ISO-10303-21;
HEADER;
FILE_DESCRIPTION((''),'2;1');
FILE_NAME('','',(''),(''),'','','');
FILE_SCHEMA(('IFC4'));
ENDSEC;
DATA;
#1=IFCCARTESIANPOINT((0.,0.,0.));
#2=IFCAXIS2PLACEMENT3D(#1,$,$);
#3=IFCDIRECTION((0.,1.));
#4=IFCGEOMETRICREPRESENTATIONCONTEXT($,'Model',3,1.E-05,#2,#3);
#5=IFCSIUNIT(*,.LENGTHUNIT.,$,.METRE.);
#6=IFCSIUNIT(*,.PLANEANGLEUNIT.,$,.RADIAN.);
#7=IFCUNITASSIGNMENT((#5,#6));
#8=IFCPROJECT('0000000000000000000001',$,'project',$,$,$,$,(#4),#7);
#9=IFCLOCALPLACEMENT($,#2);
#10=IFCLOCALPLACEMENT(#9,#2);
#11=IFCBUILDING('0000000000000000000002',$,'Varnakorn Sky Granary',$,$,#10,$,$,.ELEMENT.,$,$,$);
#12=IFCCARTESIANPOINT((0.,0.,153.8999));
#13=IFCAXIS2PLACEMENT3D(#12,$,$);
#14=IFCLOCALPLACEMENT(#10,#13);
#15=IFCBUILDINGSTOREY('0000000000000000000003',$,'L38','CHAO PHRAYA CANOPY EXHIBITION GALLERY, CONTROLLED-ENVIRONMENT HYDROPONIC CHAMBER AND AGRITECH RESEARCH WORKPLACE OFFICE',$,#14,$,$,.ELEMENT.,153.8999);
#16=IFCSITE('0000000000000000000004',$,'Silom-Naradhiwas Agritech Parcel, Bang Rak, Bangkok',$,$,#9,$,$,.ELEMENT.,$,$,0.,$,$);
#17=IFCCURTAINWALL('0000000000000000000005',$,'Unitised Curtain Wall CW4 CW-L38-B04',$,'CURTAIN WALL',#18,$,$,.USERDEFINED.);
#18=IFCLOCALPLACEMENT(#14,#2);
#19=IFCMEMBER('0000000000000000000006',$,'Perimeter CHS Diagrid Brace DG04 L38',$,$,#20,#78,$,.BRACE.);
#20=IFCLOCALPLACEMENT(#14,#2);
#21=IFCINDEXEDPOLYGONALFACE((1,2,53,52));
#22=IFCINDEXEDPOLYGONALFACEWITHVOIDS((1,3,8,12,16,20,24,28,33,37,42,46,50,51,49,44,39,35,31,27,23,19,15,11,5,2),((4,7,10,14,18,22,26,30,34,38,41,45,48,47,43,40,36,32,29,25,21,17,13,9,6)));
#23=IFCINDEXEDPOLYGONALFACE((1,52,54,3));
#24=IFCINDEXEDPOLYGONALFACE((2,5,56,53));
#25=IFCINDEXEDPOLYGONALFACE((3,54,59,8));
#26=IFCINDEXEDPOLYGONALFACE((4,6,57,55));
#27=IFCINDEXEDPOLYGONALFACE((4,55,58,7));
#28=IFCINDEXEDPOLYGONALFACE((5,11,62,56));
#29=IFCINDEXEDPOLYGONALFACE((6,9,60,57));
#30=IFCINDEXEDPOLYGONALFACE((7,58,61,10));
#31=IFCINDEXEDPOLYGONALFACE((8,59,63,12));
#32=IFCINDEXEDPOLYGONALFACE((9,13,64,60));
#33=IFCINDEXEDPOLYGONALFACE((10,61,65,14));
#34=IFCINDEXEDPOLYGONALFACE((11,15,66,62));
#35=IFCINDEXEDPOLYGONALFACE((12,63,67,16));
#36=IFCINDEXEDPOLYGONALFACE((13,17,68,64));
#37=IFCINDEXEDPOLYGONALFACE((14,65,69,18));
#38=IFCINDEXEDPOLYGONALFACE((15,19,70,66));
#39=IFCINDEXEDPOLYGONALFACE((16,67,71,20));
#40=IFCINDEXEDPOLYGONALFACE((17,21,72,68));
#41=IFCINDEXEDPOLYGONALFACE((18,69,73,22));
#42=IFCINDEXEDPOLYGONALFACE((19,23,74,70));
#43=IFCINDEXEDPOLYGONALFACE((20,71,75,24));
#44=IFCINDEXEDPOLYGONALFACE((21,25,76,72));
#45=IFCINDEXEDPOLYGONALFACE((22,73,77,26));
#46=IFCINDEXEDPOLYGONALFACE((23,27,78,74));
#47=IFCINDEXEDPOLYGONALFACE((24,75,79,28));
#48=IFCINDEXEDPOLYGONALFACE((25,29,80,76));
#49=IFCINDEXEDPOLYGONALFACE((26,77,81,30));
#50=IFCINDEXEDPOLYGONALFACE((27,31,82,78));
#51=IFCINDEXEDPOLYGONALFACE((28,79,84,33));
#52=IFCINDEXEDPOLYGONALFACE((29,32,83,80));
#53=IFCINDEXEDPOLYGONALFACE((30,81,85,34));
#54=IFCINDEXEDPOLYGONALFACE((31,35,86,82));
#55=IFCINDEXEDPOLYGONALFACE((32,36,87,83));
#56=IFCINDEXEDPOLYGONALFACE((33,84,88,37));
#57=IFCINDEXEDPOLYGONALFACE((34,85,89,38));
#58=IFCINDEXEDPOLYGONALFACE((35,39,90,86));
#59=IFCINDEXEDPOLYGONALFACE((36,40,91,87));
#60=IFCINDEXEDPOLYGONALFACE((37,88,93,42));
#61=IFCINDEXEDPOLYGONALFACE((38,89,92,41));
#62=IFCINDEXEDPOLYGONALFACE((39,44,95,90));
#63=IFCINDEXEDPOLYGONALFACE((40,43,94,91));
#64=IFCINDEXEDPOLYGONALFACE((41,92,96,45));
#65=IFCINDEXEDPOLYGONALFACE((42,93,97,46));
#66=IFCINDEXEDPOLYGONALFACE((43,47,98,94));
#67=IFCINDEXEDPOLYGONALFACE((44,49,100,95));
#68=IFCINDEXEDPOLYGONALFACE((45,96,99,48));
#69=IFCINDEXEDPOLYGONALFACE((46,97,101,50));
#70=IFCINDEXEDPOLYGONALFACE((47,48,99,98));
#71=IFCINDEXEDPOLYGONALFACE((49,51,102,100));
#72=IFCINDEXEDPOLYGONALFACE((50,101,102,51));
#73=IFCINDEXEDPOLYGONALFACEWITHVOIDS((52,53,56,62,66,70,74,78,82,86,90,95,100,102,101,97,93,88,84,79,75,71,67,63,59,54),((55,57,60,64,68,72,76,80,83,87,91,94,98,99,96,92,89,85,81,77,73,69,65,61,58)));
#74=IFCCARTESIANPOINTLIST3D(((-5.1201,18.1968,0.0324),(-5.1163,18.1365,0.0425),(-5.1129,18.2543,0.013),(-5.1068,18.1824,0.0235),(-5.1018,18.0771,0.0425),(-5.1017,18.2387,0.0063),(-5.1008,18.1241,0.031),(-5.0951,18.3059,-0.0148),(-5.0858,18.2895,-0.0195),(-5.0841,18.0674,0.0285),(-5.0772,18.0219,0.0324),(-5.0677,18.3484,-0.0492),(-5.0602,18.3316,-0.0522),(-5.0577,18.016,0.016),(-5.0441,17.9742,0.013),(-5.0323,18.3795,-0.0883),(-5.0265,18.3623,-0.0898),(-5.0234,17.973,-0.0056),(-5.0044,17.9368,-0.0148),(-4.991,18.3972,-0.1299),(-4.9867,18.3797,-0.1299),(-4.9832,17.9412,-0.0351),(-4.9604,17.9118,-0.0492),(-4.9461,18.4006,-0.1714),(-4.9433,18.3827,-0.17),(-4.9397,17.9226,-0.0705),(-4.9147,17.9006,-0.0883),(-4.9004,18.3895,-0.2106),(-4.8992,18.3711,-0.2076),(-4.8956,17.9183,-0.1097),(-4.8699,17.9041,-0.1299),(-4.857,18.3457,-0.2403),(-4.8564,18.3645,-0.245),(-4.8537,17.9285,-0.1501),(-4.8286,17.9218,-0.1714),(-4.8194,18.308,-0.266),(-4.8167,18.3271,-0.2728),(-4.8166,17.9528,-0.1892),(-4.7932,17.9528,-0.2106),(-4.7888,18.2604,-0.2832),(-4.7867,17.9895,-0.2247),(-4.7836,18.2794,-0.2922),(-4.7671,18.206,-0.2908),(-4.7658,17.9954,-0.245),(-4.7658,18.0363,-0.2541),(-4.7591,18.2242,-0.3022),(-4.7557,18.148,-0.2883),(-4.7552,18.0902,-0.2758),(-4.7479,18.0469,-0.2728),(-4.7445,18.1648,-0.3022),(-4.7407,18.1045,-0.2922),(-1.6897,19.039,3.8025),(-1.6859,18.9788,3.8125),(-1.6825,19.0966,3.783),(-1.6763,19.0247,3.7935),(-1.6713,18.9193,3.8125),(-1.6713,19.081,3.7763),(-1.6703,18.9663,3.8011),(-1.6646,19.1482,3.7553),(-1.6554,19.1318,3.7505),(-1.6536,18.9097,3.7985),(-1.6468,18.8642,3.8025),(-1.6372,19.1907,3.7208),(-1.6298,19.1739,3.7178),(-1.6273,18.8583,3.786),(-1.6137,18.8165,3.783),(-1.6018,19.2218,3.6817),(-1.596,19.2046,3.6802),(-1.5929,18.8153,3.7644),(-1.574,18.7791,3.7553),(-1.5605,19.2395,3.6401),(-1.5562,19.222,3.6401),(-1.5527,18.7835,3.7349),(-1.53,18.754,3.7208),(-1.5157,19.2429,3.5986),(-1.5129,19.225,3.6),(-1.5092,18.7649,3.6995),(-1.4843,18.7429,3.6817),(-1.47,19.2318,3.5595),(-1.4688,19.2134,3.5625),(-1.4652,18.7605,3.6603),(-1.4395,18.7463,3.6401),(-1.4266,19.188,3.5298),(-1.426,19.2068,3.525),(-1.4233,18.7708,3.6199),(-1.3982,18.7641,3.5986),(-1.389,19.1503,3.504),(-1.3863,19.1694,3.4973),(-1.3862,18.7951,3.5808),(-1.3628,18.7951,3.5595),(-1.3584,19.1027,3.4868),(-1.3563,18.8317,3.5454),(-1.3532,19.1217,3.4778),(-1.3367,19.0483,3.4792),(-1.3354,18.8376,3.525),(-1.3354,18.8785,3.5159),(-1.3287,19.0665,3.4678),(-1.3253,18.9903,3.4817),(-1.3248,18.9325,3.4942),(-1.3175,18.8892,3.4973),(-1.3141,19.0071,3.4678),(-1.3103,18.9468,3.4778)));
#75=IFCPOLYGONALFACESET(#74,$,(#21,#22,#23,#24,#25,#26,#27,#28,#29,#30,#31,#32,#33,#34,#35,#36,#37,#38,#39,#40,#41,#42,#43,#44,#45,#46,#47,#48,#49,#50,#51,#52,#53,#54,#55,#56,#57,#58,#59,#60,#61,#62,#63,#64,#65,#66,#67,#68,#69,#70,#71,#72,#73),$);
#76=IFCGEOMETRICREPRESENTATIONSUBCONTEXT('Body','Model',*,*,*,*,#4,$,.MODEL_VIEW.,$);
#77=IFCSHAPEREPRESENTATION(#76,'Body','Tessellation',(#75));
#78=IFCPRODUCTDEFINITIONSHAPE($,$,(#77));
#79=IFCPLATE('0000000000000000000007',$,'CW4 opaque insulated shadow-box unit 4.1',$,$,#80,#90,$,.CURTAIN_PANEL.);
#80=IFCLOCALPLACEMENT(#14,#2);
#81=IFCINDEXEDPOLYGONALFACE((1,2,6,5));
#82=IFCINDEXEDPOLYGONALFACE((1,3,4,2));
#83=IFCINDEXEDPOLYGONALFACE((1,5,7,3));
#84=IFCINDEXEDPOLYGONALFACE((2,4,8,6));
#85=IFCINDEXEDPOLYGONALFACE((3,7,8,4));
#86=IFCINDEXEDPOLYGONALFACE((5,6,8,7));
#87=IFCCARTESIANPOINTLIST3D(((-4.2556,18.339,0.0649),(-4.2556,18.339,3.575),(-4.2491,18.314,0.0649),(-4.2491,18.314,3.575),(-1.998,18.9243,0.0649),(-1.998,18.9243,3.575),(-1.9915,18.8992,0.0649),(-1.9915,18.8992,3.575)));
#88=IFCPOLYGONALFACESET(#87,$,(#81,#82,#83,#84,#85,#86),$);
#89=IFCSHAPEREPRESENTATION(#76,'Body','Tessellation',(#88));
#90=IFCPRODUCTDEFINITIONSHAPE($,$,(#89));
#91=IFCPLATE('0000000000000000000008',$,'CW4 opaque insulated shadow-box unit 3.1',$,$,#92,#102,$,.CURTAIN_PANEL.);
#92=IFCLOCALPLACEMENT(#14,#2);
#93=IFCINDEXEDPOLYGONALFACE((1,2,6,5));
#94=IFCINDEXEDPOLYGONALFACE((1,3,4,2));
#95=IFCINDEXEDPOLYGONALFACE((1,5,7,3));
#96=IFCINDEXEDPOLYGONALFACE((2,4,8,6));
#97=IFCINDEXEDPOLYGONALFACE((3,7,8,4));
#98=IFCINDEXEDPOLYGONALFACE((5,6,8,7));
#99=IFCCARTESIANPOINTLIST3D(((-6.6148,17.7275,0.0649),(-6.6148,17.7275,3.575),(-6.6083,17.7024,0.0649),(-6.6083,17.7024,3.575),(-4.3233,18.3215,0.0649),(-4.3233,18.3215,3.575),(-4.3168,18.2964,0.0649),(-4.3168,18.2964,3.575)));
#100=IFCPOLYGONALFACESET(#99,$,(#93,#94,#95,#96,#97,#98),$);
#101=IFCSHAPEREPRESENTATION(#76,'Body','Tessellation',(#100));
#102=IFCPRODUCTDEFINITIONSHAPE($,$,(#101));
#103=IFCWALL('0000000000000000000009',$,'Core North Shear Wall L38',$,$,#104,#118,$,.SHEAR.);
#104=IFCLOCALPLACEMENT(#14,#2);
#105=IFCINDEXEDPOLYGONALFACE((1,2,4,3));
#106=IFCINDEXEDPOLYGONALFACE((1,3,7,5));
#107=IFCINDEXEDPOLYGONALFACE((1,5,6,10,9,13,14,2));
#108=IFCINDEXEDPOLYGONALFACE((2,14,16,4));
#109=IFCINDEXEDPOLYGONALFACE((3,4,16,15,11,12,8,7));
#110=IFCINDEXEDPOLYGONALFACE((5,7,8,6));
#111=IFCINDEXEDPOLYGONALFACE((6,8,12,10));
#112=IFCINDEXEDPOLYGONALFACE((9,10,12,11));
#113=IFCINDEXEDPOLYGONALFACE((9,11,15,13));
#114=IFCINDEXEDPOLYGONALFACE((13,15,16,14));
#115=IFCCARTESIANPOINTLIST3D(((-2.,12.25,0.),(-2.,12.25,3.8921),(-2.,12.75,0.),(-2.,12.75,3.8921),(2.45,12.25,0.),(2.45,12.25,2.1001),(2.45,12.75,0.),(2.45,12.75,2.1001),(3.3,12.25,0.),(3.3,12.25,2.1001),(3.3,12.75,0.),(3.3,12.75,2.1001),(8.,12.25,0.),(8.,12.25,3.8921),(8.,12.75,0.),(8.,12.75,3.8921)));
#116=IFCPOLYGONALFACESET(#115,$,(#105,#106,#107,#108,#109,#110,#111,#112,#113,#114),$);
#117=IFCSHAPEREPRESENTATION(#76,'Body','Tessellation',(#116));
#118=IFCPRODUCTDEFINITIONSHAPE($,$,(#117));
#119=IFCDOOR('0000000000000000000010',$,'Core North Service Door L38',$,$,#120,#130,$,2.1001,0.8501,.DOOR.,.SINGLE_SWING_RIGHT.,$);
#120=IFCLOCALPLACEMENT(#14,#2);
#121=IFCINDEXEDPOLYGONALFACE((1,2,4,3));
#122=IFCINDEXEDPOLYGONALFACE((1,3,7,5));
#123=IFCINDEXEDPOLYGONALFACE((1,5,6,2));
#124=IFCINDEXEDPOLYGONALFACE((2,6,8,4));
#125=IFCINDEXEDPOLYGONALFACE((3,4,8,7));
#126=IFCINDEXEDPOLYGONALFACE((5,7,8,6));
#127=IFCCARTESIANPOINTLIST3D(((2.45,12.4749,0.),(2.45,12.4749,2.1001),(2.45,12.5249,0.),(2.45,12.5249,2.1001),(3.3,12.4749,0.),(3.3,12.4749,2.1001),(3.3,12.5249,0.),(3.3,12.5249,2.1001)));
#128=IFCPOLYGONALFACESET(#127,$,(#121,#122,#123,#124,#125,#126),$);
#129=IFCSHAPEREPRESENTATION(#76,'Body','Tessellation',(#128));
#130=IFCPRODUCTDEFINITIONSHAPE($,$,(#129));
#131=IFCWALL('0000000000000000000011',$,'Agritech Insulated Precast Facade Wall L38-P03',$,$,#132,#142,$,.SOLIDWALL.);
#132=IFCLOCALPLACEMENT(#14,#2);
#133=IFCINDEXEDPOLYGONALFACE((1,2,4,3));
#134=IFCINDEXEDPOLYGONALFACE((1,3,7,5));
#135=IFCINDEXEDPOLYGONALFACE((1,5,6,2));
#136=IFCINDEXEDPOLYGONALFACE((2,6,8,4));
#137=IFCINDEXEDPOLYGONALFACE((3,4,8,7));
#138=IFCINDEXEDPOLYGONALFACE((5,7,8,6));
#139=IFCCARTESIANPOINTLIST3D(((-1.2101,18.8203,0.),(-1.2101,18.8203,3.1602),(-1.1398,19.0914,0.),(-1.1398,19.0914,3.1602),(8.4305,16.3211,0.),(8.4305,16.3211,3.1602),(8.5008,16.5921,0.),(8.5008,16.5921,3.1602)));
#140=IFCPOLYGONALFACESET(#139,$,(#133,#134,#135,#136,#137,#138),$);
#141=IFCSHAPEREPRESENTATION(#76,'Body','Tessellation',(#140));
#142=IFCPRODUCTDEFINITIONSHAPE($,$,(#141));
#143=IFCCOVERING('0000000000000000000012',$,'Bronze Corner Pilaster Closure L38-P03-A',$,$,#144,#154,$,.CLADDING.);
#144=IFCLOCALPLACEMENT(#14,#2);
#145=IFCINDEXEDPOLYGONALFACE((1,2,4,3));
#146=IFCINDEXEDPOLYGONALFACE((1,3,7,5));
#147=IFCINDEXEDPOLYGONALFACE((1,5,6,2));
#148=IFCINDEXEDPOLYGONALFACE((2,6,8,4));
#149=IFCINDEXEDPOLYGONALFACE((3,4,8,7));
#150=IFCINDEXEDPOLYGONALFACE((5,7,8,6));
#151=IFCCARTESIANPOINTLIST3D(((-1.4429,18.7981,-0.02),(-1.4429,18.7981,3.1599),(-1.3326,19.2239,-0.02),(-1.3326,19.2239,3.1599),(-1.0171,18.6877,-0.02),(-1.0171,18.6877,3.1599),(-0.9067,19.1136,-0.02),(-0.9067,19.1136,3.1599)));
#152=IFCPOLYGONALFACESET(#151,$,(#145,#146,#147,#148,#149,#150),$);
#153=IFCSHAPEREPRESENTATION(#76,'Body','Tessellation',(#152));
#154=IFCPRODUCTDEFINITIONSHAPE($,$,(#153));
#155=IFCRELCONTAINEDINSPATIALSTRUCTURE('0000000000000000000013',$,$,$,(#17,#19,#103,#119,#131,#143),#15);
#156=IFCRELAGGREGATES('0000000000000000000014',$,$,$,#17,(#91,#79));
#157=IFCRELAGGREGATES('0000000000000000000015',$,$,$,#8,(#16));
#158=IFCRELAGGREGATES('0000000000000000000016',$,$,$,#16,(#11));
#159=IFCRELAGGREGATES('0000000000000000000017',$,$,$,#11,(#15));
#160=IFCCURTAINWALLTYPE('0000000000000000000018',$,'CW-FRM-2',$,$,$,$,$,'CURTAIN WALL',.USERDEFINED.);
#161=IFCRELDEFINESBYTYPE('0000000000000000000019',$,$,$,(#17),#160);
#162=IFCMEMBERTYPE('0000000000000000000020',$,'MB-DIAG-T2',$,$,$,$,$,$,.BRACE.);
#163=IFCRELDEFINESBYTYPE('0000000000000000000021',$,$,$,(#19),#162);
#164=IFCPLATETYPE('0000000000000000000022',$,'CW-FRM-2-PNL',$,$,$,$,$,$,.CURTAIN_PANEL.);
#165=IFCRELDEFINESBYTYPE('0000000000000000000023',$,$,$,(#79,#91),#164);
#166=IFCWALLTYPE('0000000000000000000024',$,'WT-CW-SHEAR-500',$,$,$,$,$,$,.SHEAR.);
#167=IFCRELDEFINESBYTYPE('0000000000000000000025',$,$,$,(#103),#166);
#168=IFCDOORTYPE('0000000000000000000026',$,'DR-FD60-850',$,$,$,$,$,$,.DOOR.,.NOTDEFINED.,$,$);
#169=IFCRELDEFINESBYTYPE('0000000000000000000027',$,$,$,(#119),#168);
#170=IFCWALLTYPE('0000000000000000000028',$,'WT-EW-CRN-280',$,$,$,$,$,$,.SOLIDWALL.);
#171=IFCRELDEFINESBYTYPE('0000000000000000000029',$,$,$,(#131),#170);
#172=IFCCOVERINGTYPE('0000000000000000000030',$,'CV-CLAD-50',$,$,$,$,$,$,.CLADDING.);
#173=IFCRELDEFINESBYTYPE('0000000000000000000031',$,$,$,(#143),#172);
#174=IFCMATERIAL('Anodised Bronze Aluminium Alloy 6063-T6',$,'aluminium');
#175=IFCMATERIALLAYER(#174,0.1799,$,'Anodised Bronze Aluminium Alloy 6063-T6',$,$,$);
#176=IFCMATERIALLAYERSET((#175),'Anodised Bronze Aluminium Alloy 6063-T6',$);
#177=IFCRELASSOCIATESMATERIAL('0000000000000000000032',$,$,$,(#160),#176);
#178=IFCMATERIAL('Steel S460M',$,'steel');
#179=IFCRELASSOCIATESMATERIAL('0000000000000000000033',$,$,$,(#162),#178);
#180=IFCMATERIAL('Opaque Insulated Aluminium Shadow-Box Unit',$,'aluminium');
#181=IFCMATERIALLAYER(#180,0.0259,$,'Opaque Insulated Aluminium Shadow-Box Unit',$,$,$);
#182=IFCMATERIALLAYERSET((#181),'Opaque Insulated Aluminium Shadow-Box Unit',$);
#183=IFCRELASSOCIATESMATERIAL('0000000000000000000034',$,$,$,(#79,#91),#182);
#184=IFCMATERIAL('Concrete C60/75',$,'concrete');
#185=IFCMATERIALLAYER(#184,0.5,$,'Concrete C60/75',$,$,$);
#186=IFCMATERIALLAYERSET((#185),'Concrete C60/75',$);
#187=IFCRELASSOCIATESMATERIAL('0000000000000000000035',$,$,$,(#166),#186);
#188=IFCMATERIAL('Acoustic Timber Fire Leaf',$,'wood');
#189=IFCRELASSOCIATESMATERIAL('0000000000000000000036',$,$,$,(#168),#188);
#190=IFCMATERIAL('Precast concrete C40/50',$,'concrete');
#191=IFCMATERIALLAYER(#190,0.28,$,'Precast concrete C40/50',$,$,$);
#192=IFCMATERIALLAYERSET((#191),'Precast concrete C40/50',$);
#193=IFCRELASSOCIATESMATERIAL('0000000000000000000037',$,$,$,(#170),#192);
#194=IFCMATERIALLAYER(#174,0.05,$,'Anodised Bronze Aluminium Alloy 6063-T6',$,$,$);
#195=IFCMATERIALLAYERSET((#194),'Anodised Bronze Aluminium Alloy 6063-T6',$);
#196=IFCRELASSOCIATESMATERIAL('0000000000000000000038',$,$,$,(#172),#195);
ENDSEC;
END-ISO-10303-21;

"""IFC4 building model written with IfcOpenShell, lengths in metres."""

from ifc_helpers import new_model, si_unit, direction, frame, frame_2d, origin, origin_2d, place, context, subcontext, project, spatial, rectangle, hollow_circle, extrude, source, transform, mapped, material, layer, layer_set, material_profile, profile_set, type_object, type_shapes, element, fill, aggregate, save


model = new_model("IFC4")

# Units and contexts
model_context = context("Model", 3, precision=1e-05, world=origin(), true_north=direction((0.0, 1.0)))
body_context = subcontext(model_context, "Body", "Model", "MODEL_VIEW")
ifc_project = project(units=[si_unit("LENGTHUNIT", "METRE"), si_unit("PLANEANGLEUNIT", "RADIAN")], contexts=[model_context])

# Site, building, storey
site_placement = place(None, origin())
site = spatial("IfcSite", under=ifc_project, at=site_placement, Name="Silom-Naradhiwas Agritech Parcel, Bang Rak, Bangkok", CompositionType="ELEMENT", RefElevation=0.0)
building_placement = place(site_placement, origin())
building = spatial("IfcBuilding", under=site, at=building_placement, Name="Varnakorn Sky Granary", CompositionType="ELEMENT")
storey_placement = place(building_placement, frame((0.0, 0.0, 153.8999)))
storey = spatial("IfcBuildingStorey", under=building, at=storey_placement, Name="L38", Description="CHAO PHRAYA CANOPY EXHIBITION GALLERY, CONTROLLED-ENVIRONMENT HYDROPONIC CHAMBER AND AGRITECH RESEARCH WORKPLACE OFFICE", CompositionType="ELEMENT", Elevation=153.8999)

# Shared definitions
ifc_material_1 = material(Name="Steel S460M", Category="steel")

# Curtain wall
ifc_material_2 = material(Name="Anodised Bronze Aluminium Alloy 6063-T6", Category="aluminium")
ifc_layer_1 = layer(ifc_material_2, 0.1799, Name="Anodised Bronze Aluminium Alloy 6063-T6")
ifc_layer_set_1 = layer_set([ifc_layer_1], Name="Anodised Bronze Aluminium Alloy 6063-T6")
curtain_wall_type = type_object("IfcCurtainWallType", Name="CW-FRM-2", ElementType="CURTAIN WALL", PredefinedType="USERDEFINED", material=ifc_layer_set_1)
curtain_wall_placement = place(storey_placement, origin())
curtain_wall = element("IfcCurtainWall", 1, at=curtain_wall_placement, inside=storey, type_object=curtain_wall_type, Name="Unitised Curtain Wall CW4 CW-L38-B04", ObjectType="CURTAIN WALL", PredefinedType="USERDEFINED")

# Member
ifc_material_profile_1 = material_profile(ifc_material_1, hollow_circle(Radius=0.2539, WallThickness=0.0181, at=origin_2d()), Name="CHS 508x18")
ifc_profile_set_1 = profile_set([ifc_material_profile_1], Name="Steel S460M")
member_type_1 = type_object("IfcMemberType", Name="MB-DIAG-T2", PredefinedType="BRACE", material=ifc_profile_set_1)
member_1_placement = place(storey_placement, frame((-4.9304, 18.1506, -0.1299), z_axis=(0.664004, 0.163036, 0.729738), x_axis=(-0.238452, 0.971154, 0.0)))
element("IfcMember", 2, at=member_1_placement, inside=storey, type_object=member_type_1, Name="Perimeter CHS Diagrid Brace DG04 L38", PredefinedType="BRACE", context=body_context, shape_type="SweptSolid", body=[
    extrude(hollow_circle(Radius=0.2539, WallThickness=0.0181, at=origin_2d()), origin(), (0.0, 0.0, 1.0), 5.1663),
])

# Plates
ifc_material_3 = material(Name="Opaque Insulated Aluminium Shadow-Box Unit", Category="aluminium")
ifc_layer_2 = layer(ifc_material_3, 0.0259, Name="Opaque Insulated Aluminium Shadow-Box Unit")
ifc_layer_set_2 = layer_set([ifc_layer_2], Name="Opaque Insulated Aluminium Shadow-Box Unit")
plate_type = type_object("IfcPlateType", Name="CW-FRM-2-PNL", PredefinedType="CURTAIN_PANEL")
shared_shape_1 = source(origin(), body_context, "Body", "SweptSolid", [
    extrude(rectangle(XDim=2.3323, YDim=0.0259, at=origin_2d()), origin(), (0.0, 0.0, 1.0), 3.51),
])
plate_1_placement = place(storey_placement, frame((-3.1235, 18.6191, 0.0649), z_axis=(0.0, 0.0, 1.0), x_axis=(0.968004, 0.250935, 0.0)))
plate_1 = element("IfcPlate", 3, at=plate_1_placement, type_object=plate_type, material=ifc_layer_set_2, Name="CW4 opaque insulated shadow-box unit 4.1", PredefinedType="CURTAIN_PANEL", context=body_context, shape_type="MappedRepresentation", body=[
    mapped(shared_shape_1, transform((0.0, 0.0, 0.0), x_axis=(1.0, 0.0, 0.0), y_axis=(0.0, 1.0, 0.0), z_axis=(0.0, 0.0, 1.0), scale=1.0)),
])
shared_shape_2 = source(origin(), body_context, "Body", "SweptSolid", [
    extrude(rectangle(XDim=2.3672, YDim=0.0259, at=origin_2d()), origin(), (0.0, 0.0, 1.0), 3.51),
])
type_shapes(plate_type, [shared_shape_1, shared_shape_2])
plate_2_placement = place(storey_placement, frame((-5.4658, 18.012, 0.0649), z_axis=(0.0, 0.0, 1.0), x_axis=(0.968004, 0.250935, 0.0)))
plate_2 = element("IfcPlate", 4, at=plate_2_placement, type_object=plate_type, material=ifc_layer_set_2, Name="CW4 opaque insulated shadow-box unit 3.1", PredefinedType="CURTAIN_PANEL", context=body_context, shape_type="MappedRepresentation", body=[
    mapped(shared_shape_2, transform((0.0, 0.0, 0.0), x_axis=(1.0, 0.0, 0.0), y_axis=(0.0, 1.0, 0.0), z_axis=(0.0, 0.0, 1.0), scale=1.0)),
])
aggregate(curtain_wall, [plate_2, plate_1])

# Wall, opening, door
ifc_material_4 = material(Name="Concrete C60/75", Category="concrete")
ifc_layer_3 = layer(ifc_material_4, 0.5, Name="Concrete C60/75")
ifc_layer_set_3 = layer_set([ifc_layer_3], Name="Concrete C60/75")
wall_type_1 = type_object("IfcWallType", Name="WT-CW-SHEAR-500", PredefinedType="SHEAR", material=ifc_layer_set_3)
wall_1_placement = place(storey_placement, frame((-2.0, 12.5, 0.0), z_axis=(0.0, 0.0, 1.0), x_axis=(1.0, 0.0, 0.0)))
wall_1 = element("IfcWall", 5, at=wall_1_placement, inside=storey, type_object=wall_type_1, Name="Core North Shear Wall L38", PredefinedType="SHEAR", context=body_context, shape_type="SweptSolid", body=[
    extrude(rectangle(XDim=10.0, YDim=0.5, at=frame_2d((5.0, 0.0))), origin(), (0.0, 0.0, 1.0), 3.8921),
])
opening_placement = place(wall_1_placement, frame((4.45, 0.0, 0.0)))
opening = element("IfcOpeningElement", 6, at=opening_placement, cuts=wall_1, PredefinedType="OPENING", context=body_context, shape_type="SweptSolid", body=[
    extrude(rectangle(XDim=0.8501, YDim=2.1001, at=frame_2d((0.425, 1.05))), frame((0.0, 0.26, 0.0), z_axis=(0.0, -1.0, 0.0), x_axis=(1.0, 0.0, 0.0)), (0.0, 0.0, 1.0), 0.52),
])
ifc_material_5 = material(Name="Acoustic Timber Fire Leaf", Category="wood")
door_type = type_object("IfcDoorType", Name="DR-FD60-850", OperationType="NOTDEFINED", PredefinedType="DOOR", material=ifc_material_5)
door_placement = place(opening_placement, origin())
door = element("IfcDoor", 7, at=door_placement, inside=storey, type_object=door_type, Name="Core North Service Door L38", OperationType="SINGLE_SWING_RIGHT", OverallHeight=2.1001, OverallWidth=0.8501, PredefinedType="DOOR", context=body_context, shape_type="SweptSolid", body=[
    extrude(rectangle(XDim=0.8501, YDim=2.1001, at=frame_2d((0.425, 1.05))), frame((0.0, 0.0249, 0.0), z_axis=(0.0, -1.0, 0.0), x_axis=(1.0, 0.0, 0.0)), (0.0, 0.0, 1.0), 0.05),
])
fill(opening, door)

# Wall
ifc_material_6 = material(Name="Precast concrete C40/50", Category="concrete")
ifc_layer_4 = layer(ifc_material_6, 0.28, Name="Precast concrete C40/50")
ifc_layer_set_4 = layer_set([ifc_layer_4], Name="Precast concrete C40/50")
wall_type_2 = type_object("IfcWallType", Name="WT-EW-CRN-280", PredefinedType="SOLIDWALL", material=ifc_layer_set_4)
wall_2_placement = place(storey_placement, frame((-1.1748, 18.9558, 0.0), z_axis=(0.0, 0.0, 1.0), x_axis=(0.968001, -0.250948, 0.0)))
element("IfcWall", 8, at=wall_2_placement, inside=storey, type_object=wall_type_2, Name="Agritech Insulated Precast Facade Wall L38-P03", PredefinedType="SOLIDWALL", context=body_context, shape_type="SweptSolid", body=[
    extrude(rectangle(XDim=9.9592, YDim=0.28, at=frame_2d((4.9795, 0.0))), origin(), (0.0, 0.0, 1.0), 3.1602),
])

# Covering
ifc_layer_5 = layer(ifc_material_2, 0.05, Name="Anodised Bronze Aluminium Alloy 6063-T6")
ifc_layer_set_5 = layer_set([ifc_layer_5], Name="Anodised Bronze Aluminium Alloy 6063-T6")
covering_type = type_object("IfcCoveringType", Name="CV-CLAD-50", PredefinedType="CLADDING", material=ifc_layer_set_5)
shared_shape_3 = source(origin(), body_context, "Body", "SweptSolid", [
    extrude(rectangle(XDim=0.4399, YDim=0.4399, at=origin_2d()), origin(), (0.0, 0.0, 1.0), 3.1799),
])
type_shapes(covering_type, [shared_shape_3])
covering_placement = place(storey_placement, frame((-1.1748, 18.9558, -0.02), z_axis=(0.0, 0.0, 1.0), x_axis=(0.968016, -0.250887, 0.0)))
element("IfcCovering", 9, at=covering_placement, inside=storey, type_object=covering_type, Name="Bronze Corner Pilaster Closure L38-P03-A", PredefinedType="CLADDING", context=body_context, shape_type="MappedRepresentation", body=[
    mapped(shared_shape_3, transform((0.0, 0.0, 0.0), x_axis=(1.0, 0.0, 0.0), y_axis=(0.0, 1.0, 0.0), z_axis=(0.0, 0.0, 1.0), scale=1.0)),
])

save(model, "model.ifc")
